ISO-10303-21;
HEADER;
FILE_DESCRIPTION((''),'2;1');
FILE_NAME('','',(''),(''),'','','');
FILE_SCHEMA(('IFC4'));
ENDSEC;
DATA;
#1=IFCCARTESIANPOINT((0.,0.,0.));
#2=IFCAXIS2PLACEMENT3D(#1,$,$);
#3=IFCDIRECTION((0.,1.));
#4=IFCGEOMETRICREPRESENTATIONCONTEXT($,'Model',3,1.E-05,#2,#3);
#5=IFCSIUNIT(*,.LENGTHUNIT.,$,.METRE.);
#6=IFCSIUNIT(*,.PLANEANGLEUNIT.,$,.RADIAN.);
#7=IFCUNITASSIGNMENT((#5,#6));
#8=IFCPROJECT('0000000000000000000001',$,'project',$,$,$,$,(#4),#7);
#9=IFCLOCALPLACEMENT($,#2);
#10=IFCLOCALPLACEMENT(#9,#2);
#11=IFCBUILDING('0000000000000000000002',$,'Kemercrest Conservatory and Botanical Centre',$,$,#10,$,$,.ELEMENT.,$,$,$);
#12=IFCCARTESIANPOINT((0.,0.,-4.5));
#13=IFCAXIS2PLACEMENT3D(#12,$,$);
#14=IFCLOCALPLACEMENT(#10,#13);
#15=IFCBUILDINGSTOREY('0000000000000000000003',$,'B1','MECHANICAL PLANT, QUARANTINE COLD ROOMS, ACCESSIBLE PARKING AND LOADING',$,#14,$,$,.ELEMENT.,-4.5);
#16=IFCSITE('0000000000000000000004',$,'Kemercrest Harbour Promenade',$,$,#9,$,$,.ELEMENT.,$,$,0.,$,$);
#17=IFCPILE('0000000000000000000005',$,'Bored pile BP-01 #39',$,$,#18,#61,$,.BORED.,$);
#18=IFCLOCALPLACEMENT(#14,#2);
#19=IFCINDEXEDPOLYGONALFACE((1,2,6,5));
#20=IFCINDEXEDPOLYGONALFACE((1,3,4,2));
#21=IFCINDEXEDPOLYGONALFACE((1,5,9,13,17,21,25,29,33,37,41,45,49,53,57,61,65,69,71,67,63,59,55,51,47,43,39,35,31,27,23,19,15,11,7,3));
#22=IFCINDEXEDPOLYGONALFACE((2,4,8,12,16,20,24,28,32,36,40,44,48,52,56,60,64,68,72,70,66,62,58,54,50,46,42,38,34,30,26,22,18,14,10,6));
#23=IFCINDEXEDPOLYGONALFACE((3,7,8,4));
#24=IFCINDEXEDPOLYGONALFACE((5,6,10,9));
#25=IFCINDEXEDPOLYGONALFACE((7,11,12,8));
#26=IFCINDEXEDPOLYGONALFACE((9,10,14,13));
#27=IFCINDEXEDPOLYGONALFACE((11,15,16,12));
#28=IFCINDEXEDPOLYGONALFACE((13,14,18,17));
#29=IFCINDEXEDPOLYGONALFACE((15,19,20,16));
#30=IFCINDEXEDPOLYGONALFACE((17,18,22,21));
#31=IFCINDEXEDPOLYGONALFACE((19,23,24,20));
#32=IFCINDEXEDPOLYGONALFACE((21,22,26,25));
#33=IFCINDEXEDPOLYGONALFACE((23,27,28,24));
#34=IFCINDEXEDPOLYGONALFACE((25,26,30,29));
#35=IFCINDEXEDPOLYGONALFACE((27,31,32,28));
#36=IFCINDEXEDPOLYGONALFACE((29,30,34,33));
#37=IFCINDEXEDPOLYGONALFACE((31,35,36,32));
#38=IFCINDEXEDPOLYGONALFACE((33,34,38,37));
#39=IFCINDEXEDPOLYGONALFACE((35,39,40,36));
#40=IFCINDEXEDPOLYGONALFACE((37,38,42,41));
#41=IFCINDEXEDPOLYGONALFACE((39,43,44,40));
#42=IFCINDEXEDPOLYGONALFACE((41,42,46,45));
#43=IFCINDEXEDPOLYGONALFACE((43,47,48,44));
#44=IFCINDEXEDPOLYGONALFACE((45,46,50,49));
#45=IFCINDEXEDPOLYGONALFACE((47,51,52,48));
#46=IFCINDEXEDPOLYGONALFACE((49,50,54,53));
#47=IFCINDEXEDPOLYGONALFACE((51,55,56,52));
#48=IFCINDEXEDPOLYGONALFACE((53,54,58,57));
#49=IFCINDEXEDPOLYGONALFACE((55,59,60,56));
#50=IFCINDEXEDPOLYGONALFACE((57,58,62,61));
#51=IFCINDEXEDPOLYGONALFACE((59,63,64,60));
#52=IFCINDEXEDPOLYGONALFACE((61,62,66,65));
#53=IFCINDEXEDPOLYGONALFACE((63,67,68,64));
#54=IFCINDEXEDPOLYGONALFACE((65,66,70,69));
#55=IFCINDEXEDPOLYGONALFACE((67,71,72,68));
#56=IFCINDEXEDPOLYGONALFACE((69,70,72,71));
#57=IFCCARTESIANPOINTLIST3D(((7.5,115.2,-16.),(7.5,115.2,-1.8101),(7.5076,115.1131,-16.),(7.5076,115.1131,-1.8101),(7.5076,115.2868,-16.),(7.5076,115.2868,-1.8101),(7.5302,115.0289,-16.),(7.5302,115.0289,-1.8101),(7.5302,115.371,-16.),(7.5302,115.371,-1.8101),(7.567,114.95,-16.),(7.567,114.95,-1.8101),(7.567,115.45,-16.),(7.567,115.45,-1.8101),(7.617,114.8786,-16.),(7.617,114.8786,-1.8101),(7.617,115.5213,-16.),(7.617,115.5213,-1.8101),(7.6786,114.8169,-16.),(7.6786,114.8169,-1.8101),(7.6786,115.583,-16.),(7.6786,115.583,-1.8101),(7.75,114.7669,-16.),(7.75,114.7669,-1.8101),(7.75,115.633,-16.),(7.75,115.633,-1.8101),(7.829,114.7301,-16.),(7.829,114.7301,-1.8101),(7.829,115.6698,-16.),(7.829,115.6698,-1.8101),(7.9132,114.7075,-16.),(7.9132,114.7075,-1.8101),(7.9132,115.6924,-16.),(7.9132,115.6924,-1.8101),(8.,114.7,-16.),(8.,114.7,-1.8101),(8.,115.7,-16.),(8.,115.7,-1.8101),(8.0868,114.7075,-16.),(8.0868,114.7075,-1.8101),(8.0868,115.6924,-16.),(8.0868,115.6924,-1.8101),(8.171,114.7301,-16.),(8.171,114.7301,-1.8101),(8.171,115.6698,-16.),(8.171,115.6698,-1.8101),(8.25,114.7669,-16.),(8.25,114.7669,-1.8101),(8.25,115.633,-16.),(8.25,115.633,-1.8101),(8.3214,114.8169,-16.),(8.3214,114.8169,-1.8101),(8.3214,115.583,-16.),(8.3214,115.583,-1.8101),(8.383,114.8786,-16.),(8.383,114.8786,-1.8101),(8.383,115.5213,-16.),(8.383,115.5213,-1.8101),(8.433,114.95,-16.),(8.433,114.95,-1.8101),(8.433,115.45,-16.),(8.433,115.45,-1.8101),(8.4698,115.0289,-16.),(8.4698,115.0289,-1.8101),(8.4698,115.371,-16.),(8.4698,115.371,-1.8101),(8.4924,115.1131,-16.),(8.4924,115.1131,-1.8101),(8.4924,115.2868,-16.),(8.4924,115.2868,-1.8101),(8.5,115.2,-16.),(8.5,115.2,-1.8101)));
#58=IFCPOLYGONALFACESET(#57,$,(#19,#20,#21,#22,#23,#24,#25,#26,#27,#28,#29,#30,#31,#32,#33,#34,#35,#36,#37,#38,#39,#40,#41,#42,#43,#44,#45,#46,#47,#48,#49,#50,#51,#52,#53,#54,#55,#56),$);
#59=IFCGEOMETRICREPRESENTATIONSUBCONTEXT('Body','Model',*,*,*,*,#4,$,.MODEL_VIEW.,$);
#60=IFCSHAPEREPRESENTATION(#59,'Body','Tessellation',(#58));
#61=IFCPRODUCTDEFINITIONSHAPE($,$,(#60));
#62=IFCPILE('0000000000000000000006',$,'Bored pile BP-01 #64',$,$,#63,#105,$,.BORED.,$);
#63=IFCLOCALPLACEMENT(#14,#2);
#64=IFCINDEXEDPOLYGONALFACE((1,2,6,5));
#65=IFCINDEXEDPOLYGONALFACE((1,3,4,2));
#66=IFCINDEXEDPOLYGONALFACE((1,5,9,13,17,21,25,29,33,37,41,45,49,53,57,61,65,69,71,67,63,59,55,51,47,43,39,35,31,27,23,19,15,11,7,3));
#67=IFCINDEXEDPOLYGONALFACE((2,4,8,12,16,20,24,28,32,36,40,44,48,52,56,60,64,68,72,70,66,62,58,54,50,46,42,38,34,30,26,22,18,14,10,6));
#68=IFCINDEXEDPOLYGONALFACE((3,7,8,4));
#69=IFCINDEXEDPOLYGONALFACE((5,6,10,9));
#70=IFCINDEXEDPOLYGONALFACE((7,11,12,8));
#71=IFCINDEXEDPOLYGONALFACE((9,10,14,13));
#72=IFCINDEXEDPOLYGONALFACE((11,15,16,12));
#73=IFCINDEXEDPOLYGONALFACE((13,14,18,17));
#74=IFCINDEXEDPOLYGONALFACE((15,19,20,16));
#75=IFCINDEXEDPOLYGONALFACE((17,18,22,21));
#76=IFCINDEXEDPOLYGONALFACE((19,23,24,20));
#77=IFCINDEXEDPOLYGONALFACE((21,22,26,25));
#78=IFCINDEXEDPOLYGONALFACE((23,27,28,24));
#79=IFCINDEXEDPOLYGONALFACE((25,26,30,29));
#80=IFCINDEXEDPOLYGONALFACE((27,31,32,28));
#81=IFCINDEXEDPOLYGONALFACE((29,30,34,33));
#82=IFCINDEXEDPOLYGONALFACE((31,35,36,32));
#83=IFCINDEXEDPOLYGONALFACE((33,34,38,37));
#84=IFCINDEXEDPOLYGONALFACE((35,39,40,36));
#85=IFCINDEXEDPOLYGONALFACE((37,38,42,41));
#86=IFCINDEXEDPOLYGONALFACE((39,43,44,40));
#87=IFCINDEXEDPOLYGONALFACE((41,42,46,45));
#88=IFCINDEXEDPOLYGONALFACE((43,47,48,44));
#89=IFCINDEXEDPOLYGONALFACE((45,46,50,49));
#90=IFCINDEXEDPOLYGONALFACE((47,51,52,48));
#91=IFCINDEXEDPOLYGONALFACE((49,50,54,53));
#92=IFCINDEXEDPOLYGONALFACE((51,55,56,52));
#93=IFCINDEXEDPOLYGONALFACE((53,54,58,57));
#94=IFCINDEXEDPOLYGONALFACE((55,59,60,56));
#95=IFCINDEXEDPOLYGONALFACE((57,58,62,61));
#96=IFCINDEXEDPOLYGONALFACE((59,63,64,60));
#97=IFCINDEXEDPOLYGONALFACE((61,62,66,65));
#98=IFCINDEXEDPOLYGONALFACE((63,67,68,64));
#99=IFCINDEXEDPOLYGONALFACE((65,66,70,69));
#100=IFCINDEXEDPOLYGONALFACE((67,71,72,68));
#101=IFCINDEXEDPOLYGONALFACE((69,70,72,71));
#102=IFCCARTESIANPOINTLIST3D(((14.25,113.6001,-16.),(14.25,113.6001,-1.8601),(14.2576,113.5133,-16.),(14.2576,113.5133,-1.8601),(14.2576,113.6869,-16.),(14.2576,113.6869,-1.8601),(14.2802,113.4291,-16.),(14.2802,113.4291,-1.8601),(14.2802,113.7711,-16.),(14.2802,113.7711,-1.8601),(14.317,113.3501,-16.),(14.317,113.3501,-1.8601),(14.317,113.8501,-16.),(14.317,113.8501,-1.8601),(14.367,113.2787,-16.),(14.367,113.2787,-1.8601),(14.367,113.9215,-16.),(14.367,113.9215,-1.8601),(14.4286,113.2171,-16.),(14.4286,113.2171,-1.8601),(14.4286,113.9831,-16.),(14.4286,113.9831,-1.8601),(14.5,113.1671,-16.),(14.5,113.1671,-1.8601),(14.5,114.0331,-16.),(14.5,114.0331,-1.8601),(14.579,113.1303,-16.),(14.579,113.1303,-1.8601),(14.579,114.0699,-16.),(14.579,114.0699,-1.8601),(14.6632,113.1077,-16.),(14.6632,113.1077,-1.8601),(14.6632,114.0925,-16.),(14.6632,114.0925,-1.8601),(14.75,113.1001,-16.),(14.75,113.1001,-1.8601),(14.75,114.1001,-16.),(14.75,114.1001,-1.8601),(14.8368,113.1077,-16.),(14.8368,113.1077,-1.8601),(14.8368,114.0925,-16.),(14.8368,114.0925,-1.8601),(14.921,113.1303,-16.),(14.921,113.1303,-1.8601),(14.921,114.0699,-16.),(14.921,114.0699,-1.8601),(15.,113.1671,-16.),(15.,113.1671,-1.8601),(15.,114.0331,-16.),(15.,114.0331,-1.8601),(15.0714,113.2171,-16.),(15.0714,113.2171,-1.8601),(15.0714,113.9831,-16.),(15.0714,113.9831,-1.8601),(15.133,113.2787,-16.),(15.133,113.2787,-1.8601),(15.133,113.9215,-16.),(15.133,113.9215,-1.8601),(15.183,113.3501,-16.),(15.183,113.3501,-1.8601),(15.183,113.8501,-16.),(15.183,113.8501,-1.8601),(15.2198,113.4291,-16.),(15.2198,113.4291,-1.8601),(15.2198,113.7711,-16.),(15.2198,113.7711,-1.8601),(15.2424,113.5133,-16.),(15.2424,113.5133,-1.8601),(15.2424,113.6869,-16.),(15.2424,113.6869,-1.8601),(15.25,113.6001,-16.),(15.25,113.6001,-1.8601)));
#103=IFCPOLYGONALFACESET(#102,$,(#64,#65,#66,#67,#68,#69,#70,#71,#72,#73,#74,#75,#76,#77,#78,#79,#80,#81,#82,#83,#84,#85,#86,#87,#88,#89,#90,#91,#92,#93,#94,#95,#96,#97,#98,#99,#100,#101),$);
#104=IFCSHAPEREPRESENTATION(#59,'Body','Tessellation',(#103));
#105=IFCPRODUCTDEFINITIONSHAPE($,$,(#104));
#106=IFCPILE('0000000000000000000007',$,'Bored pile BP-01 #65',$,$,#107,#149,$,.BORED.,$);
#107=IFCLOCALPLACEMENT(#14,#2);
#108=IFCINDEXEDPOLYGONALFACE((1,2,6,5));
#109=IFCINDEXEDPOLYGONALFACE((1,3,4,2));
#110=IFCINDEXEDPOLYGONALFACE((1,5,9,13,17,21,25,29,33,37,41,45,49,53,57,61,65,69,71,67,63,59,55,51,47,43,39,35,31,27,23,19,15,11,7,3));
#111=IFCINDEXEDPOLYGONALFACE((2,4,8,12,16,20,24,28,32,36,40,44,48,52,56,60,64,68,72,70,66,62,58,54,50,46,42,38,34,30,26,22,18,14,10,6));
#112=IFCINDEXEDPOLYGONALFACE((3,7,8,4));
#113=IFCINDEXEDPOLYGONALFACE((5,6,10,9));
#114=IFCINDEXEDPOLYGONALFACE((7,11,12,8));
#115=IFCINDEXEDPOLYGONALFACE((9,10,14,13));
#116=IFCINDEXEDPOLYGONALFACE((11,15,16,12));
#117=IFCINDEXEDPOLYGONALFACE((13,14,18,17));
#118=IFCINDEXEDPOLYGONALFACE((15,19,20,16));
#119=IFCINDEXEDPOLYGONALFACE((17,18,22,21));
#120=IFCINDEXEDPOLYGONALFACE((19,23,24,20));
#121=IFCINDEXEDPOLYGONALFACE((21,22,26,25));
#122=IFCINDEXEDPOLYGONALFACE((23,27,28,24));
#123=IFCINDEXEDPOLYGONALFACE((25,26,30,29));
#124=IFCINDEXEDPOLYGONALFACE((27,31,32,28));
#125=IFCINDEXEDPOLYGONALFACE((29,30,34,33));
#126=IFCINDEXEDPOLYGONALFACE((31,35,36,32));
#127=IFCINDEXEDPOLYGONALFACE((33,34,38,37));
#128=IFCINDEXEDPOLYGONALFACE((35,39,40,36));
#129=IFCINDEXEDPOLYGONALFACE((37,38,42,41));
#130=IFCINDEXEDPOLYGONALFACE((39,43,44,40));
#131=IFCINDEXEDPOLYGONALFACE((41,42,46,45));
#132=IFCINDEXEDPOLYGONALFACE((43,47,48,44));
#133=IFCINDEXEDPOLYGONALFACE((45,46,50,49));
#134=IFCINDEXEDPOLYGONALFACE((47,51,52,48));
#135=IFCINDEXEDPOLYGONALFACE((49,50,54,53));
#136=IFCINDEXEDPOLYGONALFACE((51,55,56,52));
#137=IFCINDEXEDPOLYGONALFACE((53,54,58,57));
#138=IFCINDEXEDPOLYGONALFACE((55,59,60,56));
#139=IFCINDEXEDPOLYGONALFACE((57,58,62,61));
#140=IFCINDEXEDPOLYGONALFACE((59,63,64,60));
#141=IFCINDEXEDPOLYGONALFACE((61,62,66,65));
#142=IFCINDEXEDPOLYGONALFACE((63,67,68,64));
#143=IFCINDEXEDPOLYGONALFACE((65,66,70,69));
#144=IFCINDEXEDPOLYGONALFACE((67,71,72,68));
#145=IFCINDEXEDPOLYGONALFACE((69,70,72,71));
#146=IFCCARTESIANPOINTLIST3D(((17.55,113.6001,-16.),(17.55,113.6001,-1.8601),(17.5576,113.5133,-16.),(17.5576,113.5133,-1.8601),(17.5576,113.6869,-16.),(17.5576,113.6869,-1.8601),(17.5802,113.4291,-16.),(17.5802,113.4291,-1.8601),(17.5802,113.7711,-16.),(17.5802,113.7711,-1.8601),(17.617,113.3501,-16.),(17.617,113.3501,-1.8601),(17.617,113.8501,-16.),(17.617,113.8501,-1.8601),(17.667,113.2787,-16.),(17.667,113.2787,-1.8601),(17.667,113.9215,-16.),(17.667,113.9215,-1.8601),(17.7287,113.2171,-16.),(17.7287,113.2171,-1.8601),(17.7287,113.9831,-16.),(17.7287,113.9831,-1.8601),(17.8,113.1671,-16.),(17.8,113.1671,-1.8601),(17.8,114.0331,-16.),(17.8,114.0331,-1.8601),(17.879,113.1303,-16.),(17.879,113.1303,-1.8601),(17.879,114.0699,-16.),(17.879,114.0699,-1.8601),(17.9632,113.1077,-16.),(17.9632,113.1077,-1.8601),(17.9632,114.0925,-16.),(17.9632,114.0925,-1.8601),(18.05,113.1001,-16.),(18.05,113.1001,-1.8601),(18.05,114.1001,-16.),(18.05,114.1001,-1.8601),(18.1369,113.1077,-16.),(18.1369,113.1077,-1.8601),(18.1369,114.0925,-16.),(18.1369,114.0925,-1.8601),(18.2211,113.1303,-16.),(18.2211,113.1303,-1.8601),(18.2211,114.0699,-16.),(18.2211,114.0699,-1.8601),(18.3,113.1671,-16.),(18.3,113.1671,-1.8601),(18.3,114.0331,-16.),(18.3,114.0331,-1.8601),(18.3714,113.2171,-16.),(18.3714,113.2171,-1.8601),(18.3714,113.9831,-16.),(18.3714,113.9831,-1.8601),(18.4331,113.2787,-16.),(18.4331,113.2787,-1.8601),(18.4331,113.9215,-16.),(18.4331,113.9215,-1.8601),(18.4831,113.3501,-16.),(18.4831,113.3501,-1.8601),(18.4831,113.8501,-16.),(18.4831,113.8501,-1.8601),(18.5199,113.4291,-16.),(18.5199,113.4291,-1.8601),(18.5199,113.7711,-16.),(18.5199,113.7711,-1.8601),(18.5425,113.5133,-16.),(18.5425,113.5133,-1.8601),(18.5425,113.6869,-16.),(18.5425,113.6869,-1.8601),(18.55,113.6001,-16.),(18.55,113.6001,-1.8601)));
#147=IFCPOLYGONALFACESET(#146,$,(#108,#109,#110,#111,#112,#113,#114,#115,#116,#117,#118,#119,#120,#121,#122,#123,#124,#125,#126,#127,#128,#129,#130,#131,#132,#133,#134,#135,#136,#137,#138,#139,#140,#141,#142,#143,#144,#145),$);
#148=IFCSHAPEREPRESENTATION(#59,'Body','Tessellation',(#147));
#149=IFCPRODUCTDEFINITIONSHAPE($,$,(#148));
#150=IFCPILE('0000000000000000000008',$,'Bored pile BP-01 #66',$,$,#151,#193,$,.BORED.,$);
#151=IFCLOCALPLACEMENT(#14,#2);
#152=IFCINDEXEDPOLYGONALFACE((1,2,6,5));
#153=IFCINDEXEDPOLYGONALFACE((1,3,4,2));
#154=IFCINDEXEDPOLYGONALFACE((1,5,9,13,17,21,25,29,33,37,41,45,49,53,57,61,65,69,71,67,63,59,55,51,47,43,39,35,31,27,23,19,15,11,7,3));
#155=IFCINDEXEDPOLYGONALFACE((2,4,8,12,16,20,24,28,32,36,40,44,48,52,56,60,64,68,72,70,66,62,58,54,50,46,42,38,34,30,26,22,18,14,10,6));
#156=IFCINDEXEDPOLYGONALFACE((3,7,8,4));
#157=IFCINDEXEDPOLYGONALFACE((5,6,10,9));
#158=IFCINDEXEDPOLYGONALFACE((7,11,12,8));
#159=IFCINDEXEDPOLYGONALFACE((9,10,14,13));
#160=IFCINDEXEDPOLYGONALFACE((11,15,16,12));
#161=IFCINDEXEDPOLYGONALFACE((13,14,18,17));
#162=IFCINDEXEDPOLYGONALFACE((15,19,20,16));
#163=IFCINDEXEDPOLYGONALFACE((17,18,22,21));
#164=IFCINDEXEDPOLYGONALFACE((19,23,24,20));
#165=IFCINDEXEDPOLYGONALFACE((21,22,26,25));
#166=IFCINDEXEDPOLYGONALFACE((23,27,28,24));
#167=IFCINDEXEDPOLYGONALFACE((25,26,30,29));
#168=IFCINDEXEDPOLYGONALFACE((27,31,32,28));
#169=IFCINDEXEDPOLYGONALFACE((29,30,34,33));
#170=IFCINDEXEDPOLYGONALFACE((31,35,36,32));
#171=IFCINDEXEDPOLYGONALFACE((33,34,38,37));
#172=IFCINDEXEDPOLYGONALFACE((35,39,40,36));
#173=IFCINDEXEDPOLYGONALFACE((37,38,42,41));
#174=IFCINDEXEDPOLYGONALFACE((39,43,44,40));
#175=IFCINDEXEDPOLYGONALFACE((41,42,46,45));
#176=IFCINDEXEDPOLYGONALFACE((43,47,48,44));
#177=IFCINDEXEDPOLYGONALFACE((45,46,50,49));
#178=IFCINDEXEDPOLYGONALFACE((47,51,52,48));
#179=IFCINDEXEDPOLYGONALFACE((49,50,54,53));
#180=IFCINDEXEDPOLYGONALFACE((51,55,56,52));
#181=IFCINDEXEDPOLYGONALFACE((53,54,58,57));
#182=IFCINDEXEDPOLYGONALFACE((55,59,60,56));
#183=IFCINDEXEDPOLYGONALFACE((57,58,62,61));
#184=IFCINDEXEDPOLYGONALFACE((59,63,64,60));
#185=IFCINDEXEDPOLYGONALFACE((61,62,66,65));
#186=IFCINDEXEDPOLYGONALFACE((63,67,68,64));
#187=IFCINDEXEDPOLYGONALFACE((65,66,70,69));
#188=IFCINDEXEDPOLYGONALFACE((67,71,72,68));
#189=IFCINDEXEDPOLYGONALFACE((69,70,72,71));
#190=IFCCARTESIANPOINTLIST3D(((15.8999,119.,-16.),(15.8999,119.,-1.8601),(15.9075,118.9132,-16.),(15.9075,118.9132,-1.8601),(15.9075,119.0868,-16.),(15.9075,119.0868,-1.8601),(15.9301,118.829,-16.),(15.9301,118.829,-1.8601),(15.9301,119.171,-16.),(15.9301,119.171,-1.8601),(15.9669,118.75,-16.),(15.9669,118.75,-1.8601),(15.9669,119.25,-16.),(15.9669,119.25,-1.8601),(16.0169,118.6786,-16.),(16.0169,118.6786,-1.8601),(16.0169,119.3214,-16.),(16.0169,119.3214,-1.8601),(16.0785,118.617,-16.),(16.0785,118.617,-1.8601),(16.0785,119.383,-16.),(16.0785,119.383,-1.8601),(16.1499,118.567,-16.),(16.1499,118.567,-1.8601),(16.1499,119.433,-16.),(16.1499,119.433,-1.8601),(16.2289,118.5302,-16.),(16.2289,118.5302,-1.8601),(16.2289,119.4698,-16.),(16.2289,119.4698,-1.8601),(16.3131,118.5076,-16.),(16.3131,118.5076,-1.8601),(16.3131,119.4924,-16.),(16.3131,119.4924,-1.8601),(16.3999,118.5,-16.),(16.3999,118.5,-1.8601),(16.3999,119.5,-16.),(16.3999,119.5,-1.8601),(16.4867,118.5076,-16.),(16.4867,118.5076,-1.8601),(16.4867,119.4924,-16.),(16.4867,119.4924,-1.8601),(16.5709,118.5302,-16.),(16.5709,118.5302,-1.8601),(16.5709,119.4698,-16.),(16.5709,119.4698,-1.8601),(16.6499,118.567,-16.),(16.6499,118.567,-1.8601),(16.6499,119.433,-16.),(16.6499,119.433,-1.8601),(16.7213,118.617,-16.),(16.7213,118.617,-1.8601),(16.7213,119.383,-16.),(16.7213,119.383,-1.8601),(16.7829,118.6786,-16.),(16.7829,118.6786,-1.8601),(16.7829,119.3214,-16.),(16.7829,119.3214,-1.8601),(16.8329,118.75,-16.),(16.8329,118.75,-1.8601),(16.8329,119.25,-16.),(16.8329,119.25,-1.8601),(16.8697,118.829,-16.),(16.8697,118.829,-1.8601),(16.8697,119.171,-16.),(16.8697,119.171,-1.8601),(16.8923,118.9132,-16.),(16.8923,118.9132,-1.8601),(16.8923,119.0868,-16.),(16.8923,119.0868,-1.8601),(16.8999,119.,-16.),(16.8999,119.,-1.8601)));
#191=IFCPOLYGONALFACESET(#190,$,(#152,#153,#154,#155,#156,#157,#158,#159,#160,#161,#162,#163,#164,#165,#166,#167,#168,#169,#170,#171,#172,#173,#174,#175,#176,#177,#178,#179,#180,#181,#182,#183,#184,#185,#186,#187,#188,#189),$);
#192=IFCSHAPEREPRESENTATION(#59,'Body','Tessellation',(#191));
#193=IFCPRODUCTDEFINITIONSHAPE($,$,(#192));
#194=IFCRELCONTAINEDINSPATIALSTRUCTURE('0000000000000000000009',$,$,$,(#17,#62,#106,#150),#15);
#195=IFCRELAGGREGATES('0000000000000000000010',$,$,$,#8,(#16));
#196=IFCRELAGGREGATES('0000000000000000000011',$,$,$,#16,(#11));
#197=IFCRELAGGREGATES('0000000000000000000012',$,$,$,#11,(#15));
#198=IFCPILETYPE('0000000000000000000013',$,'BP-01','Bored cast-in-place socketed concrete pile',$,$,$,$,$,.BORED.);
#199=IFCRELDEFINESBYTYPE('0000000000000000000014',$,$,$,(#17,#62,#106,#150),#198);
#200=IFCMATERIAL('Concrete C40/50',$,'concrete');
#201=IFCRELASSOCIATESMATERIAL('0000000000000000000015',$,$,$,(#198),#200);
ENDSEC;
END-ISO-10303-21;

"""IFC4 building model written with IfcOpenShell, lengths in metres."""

from ifc_helpers import new_model, si_unit, direction, frame, origin, origin_2d, place, context, subcontext, project, spatial, circle, extrude, material, material_profile, profile_set, type_object, element, save


model = new_model("IFC4")

# Units and contexts
model_context = context("Model", 3, precision=1e-05, world=origin(), true_north=direction((0.0, 1.0)))
body_context = subcontext(model_context, "Body", "Model", "MODEL_VIEW")
ifc_project = project(units=[si_unit("LENGTHUNIT", "METRE"), si_unit("PLANEANGLEUNIT", "RADIAN")], contexts=[model_context])

# Site, building, storey
site_placement = place(None, origin())
site = spatial("IfcSite", under=ifc_project, at=site_placement, Name="Kemercrest Harbour Promenade", CompositionType="ELEMENT", RefElevation=0.0)
building_placement = place(site_placement, origin())
building = spatial("IfcBuilding", under=site, at=building_placement, Name="Kemercrest Conservatory and Botanical Centre", CompositionType="ELEMENT")
storey_placement = place(building_placement, frame((0.0, 0.0, -4.5)))
storey = spatial("IfcBuildingStorey", under=building, at=storey_placement, Name="B1", Description="MECHANICAL PLANT, QUARANTINE COLD ROOMS, ACCESSIBLE PARKING AND LOADING", CompositionType="ELEMENT", Elevation=-4.5)

# Piles
ifc_material_1 = material(Name="Concrete C40/50", Category="concrete")
ifc_material_profile_1 = material_profile(ifc_material_1, circle(Radius=0.5, at=origin_2d()), Name="BORED PILE 1000")
ifc_profile_set_1 = profile_set([ifc_material_profile_1], Name="Concrete C40/50")
pile_type_1 = type_object("IfcPileType", Name="BP-01", Description="Bored cast-in-place socketed concrete pile", PredefinedType="BORED", material=ifc_profile_set_1)
pile_placement = place(storey_placement, frame((8.0, 115.2, -1.8101), z_axis=(0.0, 0.0, -1.0), x_axis=(1.0, 0.0, 0.0)))
element("IfcPile", 1, at=pile_placement, inside=storey, type_object=pile_type_1, Name="Bored pile BP-01 #39", PredefinedType="BORED", context=body_context, shape_type="SweptSolid", body=[
    extrude(circle(Radius=0.5, at=origin_2d()), origin(), (0.0, 0.0, 1.0), 14.1899),
])
for number, where, z_axis, x_axis, name in (
    (2, (14.75, 113.6001, -1.8601), (0.0, 0.0, -1.0), (1.0, 0.0, 0.0), "Bored pile BP-01 #64"),
    (3, (18.05, 113.6001, -1.8601), (0.0, 0.0, -1.0), (1.0, 0.0, 0.0), "Bored pile BP-01 #65"),
    (4, (16.3999, 119.0, -1.8601), (0.0, 0.0, -1.0), (1.0, 0.0, 0.0), "Bored pile BP-01 #66"),
):
    element("IfcPile", number, at=place(storey_placement, frame(where, z_axis=z_axis, x_axis=x_axis)), inside=storey, type_object=pile_type_1, Name=name, PredefinedType="BORED", context=body_context, shape_type="SweptSolid", body=[
        extrude(circle(Radius=0.5, at=origin_2d()), origin(), (0.0, 0.0, 1.0), 14.1399),
    ])

save(model, "model.ifc")
